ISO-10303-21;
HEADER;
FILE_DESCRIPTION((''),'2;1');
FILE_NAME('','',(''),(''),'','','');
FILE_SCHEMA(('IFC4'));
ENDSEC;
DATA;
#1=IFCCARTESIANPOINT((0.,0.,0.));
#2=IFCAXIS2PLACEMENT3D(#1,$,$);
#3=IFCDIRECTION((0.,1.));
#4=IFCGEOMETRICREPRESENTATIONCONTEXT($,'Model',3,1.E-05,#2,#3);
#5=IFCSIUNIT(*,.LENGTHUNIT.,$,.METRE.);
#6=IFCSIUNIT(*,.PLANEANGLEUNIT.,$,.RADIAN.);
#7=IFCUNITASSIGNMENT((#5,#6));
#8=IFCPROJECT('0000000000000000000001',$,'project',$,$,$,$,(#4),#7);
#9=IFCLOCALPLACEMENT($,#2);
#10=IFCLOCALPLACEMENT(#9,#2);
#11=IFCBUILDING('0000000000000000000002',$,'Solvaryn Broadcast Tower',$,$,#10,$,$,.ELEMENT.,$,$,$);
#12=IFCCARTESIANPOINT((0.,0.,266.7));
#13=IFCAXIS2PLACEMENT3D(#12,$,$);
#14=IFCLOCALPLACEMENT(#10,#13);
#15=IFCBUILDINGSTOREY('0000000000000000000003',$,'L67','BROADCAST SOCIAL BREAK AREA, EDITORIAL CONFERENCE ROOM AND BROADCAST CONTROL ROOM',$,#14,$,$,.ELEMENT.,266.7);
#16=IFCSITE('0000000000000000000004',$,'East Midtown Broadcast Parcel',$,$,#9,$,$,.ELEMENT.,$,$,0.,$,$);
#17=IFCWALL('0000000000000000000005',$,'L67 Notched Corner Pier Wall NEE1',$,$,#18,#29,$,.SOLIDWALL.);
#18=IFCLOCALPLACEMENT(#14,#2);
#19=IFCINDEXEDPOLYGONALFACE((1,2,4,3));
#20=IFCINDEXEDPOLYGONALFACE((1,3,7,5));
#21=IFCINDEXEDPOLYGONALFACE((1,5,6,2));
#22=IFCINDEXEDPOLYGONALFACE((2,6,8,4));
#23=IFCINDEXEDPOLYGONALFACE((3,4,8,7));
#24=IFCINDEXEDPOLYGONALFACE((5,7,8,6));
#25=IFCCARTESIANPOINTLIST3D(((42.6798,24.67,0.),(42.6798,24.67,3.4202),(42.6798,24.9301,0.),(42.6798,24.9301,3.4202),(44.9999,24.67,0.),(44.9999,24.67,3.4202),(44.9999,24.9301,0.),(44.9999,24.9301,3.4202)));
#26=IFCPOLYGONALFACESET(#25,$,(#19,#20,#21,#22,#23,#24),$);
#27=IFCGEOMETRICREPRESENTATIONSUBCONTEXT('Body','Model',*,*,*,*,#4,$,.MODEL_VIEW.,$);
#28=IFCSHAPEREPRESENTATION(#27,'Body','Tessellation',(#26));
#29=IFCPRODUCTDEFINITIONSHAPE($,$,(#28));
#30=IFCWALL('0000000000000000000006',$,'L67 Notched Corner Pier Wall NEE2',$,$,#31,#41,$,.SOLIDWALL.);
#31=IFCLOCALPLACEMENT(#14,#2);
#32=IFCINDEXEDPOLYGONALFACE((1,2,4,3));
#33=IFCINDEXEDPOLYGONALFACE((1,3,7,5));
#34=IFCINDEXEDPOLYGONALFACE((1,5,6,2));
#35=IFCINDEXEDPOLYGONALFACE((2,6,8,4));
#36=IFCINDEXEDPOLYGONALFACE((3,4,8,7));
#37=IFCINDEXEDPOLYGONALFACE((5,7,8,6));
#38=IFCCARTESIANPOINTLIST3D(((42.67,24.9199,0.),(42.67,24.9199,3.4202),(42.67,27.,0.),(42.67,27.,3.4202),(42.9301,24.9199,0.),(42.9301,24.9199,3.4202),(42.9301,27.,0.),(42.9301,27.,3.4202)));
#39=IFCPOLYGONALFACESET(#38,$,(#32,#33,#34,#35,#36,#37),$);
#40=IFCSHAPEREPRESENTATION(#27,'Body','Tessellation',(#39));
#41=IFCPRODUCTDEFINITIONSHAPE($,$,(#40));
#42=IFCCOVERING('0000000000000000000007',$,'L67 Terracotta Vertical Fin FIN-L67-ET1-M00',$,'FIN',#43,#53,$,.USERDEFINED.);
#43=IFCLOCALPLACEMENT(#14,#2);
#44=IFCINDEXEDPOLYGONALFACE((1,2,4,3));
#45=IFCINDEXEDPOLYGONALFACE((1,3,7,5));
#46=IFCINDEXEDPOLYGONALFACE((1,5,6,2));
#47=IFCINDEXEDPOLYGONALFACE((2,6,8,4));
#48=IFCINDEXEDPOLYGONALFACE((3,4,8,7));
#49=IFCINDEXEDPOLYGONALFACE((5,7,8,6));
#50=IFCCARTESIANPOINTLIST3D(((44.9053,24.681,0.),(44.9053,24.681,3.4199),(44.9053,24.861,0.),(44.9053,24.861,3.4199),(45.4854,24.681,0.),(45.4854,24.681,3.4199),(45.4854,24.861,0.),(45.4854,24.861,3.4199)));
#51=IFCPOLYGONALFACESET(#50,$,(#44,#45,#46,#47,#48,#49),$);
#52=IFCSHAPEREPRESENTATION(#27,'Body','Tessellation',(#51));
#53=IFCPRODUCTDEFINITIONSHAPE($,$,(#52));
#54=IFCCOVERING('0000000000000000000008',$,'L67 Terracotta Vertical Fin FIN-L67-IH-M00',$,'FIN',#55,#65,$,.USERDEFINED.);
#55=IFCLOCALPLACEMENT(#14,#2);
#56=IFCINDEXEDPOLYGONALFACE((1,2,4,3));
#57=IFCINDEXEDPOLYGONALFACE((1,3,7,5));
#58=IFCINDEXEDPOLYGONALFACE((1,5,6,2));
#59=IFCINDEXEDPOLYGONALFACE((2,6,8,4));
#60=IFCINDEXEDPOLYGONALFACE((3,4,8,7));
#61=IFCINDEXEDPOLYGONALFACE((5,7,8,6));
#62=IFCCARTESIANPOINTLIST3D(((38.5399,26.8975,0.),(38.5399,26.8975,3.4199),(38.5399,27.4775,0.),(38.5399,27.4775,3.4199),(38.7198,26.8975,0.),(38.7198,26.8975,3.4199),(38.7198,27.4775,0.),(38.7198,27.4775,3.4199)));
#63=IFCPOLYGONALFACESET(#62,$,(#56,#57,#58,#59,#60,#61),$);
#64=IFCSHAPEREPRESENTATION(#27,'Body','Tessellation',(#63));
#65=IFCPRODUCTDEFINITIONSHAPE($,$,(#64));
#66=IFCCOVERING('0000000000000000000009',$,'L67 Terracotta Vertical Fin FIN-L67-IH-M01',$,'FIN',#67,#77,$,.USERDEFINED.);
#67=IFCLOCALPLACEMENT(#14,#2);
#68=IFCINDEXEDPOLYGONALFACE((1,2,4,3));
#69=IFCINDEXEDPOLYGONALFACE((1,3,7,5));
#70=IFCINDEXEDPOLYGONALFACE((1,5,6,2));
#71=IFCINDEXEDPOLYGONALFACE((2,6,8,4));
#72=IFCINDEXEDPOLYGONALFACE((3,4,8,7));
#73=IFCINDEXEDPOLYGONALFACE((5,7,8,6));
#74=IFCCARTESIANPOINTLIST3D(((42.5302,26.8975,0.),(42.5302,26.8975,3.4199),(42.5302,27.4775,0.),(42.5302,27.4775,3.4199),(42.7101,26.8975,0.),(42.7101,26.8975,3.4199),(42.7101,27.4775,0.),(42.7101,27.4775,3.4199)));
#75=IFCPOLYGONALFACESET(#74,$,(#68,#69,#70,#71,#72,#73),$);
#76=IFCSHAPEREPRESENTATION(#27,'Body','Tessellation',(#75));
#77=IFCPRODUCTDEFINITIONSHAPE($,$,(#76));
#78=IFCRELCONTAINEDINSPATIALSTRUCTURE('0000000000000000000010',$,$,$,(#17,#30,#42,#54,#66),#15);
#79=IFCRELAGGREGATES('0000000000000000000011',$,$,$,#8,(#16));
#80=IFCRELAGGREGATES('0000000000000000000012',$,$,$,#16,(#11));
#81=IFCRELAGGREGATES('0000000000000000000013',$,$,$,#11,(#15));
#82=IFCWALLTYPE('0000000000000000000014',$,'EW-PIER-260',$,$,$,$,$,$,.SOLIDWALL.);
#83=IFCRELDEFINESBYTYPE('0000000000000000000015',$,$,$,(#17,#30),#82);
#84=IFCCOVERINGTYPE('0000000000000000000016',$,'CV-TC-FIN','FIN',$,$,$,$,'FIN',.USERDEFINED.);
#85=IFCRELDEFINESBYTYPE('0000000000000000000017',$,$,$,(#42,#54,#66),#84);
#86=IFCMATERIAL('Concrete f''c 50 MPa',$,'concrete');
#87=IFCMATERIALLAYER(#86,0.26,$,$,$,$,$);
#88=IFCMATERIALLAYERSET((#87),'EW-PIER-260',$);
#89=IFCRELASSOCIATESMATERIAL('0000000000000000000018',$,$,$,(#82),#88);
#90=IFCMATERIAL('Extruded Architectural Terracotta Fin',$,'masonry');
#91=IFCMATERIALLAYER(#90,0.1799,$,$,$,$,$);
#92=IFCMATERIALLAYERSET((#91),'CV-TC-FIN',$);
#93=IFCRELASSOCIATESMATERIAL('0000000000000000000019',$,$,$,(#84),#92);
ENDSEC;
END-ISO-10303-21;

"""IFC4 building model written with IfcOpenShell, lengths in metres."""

from ifc_helpers import new_model, si_unit, direction, frame, frame_2d, origin, origin_2d, place, context, subcontext, project, spatial, rectangle, extrude, material, layer, layer_set, type_object, element, save


model = new_model("IFC4")

# Units and contexts
model_context = context("Model", 3, precision=1e-05, world=origin(), true_north=direction((0.0, 1.0)))
body_context = subcontext(model_context, "Body", "Model", "MODEL_VIEW")
ifc_project = project(units=[si_unit("LENGTHUNIT", "METRE"), si_unit("PLANEANGLEUNIT", "RADIAN")], contexts=[model_context])

# Site, building, storey
site_placement = place(None, origin())
site = spatial("IfcSite", under=ifc_project, at=site_placement, Name="East Midtown Broadcast Parcel", CompositionType="ELEMENT", RefElevation=0.0)
building_placement = place(site_placement, origin())
building = spatial("IfcBuilding", under=site, at=building_placement, Name="Solvaryn Broadcast Tower", CompositionType="ELEMENT")
storey_placement = place(building_placement, frame((0.0, 0.0, 266.7)))
storey = spatial("IfcBuildingStorey", under=building, at=storey_placement, Name="L67", Description="BROADCAST SOCIAL BREAK AREA, EDITORIAL CONFERENCE ROOM AND BROADCAST CONTROL ROOM", CompositionType="ELEMENT", Elevation=266.7)

# Walls
ifc_material_1 = material(Name="Concrete f'c 50 MPa", Category="concrete")
ifc_layer_1 = layer(ifc_material_1, 0.26)
ifc_layer_set_1 = layer_set([ifc_layer_1], Name="EW-PIER-260")
wall_type_1 = type_object("IfcWallType", Name="EW-PIER-260", PredefinedType="SOLIDWALL", material=ifc_layer_set_1)
wall_1_placement = place(storey_placement, frame((45.0, 24.8, 0.0), z_axis=(0.0, 0.0, 1.0), x_axis=(-1.0, 0.0, 0.0)))
element("IfcWall", 1, at=wall_1_placement, inside=storey, type_object=wall_type_1, Name="L67 Notched Corner Pier Wall NEE1", PredefinedType="SOLIDWALL", context=body_context, shape_type="SweptSolid", body=[
    extrude(rectangle(XDim=2.3201, YDim=0.26, at=frame_2d((1.1602, 0.0))), origin(), (0.0, 0.0, 1.0), 3.4202),
])
wall_2_placement = place(storey_placement, frame((42.8, 24.9199, 0.0), z_axis=(0.0, 0.0, 1.0), x_axis=(0.0, 1.0, 0.0)))
element("IfcWall", 2, at=wall_2_placement, inside=storey, type_object=wall_type_1, Name="L67 Notched Corner Pier Wall NEE2", PredefinedType="SOLIDWALL", context=body_context, shape_type="SweptSolid", body=[
    extrude(rectangle(XDim=2.0801, YDim=0.26, at=frame_2d((1.04, 0.0))), origin(), (0.0, 0.0, 1.0), 3.4202),
])

# Coverings
ifc_material_2 = material(Name="Extruded Architectural Terracotta Fin", Category="masonry")
ifc_layer_2 = layer(ifc_material_2, 0.1799)
ifc_layer_set_2 = layer_set([ifc_layer_2], Name="CV-TC-FIN")
covering_type = type_object("IfcCoveringType", Name="CV-TC-FIN", Description="FIN", ElementType="FIN", PredefinedType="USERDEFINED", material=ifc_layer_set_2)
covering_placement = place(storey_placement, frame((45.1953, 24.771, 0.0), z_axis=(0.0, 0.0, 1.0), x_axis=(1.0, 0.0, 0.0)))
element("IfcCovering", 3, at=covering_placement, inside=storey, type_object=covering_type, Name="L67 Terracotta Vertical Fin FIN-L67-ET1-M00", ObjectType="FIN", PredefinedType="USERDEFINED", context=body_context, shape_type="SweptSolid", body=[
    extrude(rectangle(XDim=0.5801, YDim=0.1799, at=origin_2d()), origin(), (0.0, 0.0, 1.0), 3.4199),
])
for number, where, z_axis, x_axis, name in (
    (4, (38.6299, 27.1875, 0.0), (0.0, 0.0, 1.0), (1.0, 0.0, 0.0), "L67 Terracotta Vertical Fin FIN-L67-IH-M00"),
    (5, (42.6201, 27.1875, 0.0), (0.0, 0.0, 1.0), (1.0, 0.0, 0.0), "L67 Terracotta Vertical Fin FIN-L67-IH-M01"),
):
    element("IfcCovering", number, at=place(storey_placement, frame(where, z_axis=z_axis, x_axis=x_axis)), inside=storey, type_object=covering_type, Name=name, ObjectType="FIN", PredefinedType="USERDEFINED", context=body_context, shape_type="SweptSolid", body=[
        extrude(rectangle(XDim=0.1799, YDim=0.5801, at=origin_2d()), origin(), (0.0, 0.0, 1.0), 3.4199),
    ])

save(model, "model.ifc")
